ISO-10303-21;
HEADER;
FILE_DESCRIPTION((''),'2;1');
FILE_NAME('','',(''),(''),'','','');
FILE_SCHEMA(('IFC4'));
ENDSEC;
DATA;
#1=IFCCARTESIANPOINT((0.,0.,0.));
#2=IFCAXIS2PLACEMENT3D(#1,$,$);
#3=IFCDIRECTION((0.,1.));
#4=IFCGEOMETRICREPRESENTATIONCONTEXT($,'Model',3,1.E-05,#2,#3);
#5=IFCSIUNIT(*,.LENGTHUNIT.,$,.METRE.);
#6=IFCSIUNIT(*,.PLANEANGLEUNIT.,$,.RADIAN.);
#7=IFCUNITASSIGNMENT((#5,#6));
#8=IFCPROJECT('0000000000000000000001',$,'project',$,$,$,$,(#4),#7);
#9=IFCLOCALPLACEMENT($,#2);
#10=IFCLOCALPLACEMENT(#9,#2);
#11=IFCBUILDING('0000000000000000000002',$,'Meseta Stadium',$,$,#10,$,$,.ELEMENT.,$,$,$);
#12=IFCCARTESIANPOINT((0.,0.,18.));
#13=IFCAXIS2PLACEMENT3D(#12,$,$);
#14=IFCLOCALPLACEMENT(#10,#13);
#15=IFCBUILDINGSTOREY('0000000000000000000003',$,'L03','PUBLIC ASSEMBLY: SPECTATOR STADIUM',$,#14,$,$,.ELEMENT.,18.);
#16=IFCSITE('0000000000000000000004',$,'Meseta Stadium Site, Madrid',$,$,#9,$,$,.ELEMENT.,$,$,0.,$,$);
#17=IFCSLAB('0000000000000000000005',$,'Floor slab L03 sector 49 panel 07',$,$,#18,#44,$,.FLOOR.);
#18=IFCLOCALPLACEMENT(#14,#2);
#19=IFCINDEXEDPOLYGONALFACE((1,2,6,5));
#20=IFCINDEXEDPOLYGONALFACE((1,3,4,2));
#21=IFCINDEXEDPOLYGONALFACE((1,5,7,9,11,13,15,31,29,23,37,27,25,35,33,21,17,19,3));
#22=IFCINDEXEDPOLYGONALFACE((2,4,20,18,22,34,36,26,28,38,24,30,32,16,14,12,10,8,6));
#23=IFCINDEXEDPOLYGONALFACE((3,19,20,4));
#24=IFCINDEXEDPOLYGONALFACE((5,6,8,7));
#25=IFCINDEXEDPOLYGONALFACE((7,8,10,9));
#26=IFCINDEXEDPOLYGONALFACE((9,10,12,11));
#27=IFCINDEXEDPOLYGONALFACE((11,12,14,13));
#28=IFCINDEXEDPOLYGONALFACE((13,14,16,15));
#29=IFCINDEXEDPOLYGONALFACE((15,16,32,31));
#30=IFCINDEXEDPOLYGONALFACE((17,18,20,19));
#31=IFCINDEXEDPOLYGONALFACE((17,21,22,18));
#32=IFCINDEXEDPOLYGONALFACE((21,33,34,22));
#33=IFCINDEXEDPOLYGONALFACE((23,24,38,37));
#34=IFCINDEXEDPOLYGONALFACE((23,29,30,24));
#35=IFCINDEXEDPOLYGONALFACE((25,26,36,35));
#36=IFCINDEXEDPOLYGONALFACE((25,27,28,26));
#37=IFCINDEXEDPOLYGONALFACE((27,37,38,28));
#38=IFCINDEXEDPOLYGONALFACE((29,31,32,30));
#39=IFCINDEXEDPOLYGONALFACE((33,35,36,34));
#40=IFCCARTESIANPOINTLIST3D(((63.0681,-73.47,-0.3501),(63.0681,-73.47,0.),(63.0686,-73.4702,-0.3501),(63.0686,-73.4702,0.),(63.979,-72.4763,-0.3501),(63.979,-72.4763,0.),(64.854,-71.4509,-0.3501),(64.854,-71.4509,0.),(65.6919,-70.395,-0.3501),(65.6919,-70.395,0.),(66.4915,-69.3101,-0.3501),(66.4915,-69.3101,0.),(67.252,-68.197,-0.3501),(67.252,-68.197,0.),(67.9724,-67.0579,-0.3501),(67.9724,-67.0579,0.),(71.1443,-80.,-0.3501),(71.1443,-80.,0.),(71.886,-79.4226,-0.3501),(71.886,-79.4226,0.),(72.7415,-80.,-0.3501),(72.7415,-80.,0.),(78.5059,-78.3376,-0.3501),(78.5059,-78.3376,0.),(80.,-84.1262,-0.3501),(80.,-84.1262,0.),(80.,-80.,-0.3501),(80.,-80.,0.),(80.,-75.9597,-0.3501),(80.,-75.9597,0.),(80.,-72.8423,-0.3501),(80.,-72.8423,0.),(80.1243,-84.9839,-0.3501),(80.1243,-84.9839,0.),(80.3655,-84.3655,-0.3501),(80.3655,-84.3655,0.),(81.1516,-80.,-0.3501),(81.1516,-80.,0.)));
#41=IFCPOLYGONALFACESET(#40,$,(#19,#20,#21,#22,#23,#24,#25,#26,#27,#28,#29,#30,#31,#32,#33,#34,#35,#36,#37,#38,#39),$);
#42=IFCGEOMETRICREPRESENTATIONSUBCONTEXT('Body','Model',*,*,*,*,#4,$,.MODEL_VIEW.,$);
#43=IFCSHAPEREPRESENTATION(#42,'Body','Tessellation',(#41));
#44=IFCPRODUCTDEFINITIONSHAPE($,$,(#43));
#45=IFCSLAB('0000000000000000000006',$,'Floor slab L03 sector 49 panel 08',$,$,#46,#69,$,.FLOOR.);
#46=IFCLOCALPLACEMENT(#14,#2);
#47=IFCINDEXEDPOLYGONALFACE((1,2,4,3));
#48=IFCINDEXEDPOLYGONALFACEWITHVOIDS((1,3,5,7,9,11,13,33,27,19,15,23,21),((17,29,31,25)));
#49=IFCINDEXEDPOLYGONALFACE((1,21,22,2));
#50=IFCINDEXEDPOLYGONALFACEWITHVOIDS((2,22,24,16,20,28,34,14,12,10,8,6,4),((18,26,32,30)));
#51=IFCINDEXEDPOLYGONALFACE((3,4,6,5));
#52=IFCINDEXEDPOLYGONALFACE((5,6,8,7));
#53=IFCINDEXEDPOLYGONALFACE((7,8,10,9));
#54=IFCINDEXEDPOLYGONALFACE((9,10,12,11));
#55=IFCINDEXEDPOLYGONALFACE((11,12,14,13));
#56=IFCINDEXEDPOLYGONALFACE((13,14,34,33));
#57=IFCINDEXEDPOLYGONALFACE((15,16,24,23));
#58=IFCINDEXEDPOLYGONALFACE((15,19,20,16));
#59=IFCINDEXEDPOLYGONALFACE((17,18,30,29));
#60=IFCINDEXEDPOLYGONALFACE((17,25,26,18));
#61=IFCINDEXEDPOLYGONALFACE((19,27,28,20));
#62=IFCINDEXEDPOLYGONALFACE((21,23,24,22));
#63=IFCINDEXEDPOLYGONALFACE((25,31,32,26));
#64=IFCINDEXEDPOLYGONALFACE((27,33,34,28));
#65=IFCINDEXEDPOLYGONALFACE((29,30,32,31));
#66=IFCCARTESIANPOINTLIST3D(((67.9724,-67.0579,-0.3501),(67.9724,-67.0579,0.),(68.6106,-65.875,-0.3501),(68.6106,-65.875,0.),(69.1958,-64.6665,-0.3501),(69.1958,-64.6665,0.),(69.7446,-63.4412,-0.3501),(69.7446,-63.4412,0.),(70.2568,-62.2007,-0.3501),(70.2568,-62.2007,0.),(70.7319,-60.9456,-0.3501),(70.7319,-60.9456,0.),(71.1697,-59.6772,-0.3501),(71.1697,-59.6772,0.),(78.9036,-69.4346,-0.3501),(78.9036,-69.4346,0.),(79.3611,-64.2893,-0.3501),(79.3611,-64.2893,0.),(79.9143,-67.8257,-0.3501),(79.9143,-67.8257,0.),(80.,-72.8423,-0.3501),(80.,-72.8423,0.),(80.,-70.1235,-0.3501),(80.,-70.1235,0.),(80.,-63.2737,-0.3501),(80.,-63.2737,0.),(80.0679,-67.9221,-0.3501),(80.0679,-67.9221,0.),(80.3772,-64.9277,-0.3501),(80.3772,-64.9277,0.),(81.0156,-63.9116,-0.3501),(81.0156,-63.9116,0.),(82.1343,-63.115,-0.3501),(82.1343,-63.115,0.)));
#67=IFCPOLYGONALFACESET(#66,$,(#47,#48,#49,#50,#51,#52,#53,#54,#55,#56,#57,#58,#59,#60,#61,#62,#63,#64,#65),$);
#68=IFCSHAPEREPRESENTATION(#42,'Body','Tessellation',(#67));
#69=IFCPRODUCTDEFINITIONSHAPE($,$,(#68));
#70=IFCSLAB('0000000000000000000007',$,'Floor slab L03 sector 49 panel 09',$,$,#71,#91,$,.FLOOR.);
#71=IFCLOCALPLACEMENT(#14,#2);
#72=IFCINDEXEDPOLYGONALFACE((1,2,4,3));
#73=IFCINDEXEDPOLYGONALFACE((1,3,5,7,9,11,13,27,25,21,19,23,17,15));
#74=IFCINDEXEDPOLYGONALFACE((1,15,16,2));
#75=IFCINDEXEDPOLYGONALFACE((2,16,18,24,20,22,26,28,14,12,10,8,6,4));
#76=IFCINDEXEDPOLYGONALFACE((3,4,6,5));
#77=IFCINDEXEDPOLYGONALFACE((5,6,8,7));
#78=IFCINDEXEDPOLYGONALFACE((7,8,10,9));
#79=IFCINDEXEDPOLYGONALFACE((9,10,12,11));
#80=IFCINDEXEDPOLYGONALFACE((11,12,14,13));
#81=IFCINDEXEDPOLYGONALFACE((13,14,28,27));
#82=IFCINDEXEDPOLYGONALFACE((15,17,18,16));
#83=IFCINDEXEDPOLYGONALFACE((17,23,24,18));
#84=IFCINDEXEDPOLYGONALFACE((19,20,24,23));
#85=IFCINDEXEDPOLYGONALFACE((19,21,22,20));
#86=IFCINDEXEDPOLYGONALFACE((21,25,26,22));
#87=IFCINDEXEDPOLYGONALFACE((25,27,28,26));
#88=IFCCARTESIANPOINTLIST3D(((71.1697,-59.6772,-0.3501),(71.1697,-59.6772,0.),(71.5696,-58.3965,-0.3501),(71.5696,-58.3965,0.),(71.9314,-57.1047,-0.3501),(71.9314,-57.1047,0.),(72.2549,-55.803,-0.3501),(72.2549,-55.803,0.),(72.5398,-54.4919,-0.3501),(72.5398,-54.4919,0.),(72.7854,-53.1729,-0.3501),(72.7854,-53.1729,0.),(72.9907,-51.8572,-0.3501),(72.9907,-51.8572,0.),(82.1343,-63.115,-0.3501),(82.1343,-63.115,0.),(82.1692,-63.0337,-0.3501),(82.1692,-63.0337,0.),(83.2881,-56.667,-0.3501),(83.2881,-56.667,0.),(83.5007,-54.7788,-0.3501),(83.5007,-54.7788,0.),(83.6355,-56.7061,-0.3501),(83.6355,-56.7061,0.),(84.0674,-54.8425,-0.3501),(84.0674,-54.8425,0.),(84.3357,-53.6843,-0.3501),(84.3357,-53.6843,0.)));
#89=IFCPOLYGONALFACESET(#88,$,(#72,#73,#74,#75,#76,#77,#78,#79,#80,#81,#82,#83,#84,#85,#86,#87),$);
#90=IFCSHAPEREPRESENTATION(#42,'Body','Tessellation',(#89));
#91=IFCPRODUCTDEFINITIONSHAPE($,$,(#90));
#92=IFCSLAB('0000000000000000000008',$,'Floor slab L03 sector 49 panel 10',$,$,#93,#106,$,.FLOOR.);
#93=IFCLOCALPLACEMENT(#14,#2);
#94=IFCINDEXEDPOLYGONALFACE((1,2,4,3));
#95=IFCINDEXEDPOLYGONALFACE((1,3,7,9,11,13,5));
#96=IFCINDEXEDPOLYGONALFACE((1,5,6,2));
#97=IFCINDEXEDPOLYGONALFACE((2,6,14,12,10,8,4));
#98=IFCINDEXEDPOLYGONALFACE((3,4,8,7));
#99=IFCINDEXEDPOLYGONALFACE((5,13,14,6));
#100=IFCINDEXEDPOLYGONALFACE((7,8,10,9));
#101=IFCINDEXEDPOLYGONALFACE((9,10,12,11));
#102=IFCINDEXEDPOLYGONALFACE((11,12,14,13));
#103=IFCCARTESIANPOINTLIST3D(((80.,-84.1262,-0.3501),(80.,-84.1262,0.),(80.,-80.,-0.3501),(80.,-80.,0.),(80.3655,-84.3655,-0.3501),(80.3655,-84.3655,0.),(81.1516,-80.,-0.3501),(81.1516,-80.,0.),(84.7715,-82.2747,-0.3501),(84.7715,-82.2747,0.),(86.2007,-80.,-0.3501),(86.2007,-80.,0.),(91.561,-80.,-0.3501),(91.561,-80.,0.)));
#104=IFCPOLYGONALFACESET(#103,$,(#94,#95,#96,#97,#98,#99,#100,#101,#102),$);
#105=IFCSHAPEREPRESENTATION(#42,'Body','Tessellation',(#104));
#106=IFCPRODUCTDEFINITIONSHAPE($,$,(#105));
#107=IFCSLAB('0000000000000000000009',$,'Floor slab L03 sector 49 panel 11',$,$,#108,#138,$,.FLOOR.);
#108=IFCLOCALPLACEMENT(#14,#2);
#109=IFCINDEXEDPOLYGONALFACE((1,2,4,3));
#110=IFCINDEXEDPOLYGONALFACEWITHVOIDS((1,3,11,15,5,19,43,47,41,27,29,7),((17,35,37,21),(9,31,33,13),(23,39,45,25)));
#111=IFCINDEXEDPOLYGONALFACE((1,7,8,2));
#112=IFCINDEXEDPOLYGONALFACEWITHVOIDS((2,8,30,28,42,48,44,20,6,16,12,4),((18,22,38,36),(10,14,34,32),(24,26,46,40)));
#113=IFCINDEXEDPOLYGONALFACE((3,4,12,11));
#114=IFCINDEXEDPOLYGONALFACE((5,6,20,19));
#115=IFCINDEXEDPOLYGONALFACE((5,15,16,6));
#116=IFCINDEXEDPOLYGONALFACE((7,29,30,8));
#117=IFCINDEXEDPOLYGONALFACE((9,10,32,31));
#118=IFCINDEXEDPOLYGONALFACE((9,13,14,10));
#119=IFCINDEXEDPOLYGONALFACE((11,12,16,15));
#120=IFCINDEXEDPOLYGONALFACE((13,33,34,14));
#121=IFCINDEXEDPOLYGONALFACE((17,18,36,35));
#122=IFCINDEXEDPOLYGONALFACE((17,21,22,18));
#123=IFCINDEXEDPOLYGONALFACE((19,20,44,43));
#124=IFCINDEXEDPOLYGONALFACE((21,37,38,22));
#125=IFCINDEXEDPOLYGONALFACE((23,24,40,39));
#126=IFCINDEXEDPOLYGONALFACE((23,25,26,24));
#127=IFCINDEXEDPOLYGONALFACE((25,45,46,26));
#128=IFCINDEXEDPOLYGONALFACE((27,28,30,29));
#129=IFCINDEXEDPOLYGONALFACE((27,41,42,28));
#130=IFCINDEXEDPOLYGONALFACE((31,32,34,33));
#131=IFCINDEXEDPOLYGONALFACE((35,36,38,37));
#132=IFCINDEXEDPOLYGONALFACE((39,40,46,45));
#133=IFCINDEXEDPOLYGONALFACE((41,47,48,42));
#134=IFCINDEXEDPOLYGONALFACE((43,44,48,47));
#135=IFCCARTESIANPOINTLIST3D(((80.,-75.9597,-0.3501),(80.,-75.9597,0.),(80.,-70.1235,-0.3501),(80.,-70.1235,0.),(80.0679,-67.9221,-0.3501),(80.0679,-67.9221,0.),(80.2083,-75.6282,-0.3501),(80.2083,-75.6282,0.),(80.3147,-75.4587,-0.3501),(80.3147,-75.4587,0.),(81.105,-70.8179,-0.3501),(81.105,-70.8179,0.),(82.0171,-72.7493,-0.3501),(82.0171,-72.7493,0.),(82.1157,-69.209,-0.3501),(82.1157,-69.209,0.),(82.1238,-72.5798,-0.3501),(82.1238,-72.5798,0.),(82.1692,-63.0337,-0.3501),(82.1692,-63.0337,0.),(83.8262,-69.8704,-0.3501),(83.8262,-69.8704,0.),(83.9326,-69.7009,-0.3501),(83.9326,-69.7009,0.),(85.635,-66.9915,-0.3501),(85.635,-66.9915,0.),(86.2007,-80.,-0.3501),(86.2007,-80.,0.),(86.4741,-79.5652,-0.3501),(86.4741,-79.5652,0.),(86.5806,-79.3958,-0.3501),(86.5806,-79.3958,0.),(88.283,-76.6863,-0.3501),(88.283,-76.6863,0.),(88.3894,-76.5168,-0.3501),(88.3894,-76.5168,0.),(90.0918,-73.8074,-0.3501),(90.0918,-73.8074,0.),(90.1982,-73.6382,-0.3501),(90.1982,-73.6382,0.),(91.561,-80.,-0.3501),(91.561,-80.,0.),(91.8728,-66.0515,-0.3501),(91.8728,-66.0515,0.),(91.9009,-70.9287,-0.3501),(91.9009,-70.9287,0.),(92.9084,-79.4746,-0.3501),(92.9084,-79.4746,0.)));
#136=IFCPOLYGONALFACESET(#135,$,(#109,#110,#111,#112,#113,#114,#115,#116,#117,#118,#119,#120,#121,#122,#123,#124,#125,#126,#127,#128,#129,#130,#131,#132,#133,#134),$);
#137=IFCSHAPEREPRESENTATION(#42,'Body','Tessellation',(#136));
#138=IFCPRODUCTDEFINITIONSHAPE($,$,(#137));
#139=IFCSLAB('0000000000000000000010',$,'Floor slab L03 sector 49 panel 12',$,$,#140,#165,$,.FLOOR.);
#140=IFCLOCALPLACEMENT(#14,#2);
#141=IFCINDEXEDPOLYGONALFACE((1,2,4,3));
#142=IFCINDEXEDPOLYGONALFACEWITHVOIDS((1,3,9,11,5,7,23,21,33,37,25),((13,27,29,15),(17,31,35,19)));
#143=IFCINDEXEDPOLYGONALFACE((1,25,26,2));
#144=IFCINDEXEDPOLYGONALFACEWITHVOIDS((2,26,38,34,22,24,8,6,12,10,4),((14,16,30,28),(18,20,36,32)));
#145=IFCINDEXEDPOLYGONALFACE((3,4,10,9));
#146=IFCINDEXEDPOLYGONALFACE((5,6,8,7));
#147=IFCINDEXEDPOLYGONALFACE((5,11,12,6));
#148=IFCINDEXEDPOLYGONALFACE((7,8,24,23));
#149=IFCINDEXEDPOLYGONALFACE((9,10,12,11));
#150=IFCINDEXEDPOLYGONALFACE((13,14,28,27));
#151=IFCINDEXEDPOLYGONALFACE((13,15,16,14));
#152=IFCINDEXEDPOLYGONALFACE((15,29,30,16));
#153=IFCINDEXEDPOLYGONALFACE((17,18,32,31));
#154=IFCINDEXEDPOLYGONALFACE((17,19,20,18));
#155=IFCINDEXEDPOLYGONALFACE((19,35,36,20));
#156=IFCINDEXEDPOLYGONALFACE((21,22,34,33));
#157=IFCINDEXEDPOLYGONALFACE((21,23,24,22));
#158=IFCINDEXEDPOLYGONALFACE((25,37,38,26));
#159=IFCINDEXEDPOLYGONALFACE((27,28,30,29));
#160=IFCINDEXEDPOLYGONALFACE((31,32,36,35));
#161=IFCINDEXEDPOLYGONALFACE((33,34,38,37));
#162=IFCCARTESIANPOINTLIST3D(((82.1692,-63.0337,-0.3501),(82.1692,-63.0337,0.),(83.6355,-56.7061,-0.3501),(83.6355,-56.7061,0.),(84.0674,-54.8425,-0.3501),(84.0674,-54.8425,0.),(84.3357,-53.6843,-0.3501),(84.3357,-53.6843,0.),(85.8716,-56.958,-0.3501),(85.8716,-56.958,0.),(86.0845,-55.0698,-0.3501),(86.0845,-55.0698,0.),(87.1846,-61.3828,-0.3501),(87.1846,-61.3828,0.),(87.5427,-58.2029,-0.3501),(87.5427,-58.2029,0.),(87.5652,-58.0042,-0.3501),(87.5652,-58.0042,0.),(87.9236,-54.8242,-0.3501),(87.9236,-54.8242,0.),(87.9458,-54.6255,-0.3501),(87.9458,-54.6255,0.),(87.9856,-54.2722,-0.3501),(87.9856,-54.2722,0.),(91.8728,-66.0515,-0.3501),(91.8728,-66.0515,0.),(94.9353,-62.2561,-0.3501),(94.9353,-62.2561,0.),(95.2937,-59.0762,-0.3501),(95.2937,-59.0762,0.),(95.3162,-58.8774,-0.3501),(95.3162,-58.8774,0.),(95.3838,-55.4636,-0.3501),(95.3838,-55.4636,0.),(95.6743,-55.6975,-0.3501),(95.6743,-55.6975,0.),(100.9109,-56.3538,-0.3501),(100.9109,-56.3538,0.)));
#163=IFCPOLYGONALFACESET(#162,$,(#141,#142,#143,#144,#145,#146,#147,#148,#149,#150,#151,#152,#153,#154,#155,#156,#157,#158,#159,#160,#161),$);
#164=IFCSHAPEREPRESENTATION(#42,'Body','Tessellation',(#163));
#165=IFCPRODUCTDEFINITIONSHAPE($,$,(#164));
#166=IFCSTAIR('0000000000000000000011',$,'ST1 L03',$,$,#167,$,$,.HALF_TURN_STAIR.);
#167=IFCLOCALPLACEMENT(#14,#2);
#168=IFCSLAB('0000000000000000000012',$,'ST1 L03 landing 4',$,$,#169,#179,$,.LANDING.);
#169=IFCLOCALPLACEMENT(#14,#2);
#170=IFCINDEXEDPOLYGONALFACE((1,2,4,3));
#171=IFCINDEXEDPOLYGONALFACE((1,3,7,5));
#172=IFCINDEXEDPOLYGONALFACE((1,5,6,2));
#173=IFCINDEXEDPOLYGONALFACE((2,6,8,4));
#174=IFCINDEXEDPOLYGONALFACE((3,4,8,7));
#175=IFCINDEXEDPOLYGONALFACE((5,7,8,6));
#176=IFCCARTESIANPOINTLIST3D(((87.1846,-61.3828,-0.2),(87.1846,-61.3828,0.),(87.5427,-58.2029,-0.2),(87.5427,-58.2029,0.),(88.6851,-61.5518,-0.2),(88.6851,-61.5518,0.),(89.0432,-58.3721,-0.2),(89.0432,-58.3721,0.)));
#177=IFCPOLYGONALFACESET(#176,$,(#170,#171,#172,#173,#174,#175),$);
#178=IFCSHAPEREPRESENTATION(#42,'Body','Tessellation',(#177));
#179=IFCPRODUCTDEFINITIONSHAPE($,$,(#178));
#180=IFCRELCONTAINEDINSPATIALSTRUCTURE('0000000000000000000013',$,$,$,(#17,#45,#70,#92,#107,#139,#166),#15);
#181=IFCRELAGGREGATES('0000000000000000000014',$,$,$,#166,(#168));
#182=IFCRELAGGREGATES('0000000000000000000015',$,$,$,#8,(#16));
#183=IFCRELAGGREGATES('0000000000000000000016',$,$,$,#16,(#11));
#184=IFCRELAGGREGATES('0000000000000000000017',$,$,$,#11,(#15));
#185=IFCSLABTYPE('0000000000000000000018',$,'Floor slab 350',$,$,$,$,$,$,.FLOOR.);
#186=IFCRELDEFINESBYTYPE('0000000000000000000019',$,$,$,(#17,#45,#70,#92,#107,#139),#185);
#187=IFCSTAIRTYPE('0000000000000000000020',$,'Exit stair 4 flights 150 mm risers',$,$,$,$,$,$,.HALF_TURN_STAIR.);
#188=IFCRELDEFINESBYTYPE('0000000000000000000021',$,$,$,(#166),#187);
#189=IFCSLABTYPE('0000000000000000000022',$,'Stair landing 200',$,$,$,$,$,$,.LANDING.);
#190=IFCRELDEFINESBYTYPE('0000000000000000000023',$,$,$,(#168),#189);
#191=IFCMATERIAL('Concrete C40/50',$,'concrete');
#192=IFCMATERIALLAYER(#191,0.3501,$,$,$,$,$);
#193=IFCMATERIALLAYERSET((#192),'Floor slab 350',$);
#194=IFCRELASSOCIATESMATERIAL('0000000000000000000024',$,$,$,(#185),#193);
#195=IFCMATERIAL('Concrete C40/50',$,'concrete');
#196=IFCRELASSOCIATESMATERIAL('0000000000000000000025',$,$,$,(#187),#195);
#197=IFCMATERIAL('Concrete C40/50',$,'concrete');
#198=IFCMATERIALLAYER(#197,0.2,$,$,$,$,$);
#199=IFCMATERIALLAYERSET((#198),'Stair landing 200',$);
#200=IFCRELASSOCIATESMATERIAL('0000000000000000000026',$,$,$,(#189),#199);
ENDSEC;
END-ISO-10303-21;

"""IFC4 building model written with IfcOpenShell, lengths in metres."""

from ifc_helpers import new_model, si_unit, direction, frame, origin, place, context, subcontext, project, spatial, polyline, outline, extrude, material, layer, layer_set, type_object, element, aggregate, save


model = new_model("IFC4")

# Units and contexts
model_context = context("Model", 3, precision=1e-05, world=origin(), true_north=direction((0.0, 1.0)))
body_context = subcontext(model_context, "Body", "Model", "MODEL_VIEW")
ifc_project = project(units=[si_unit("LENGTHUNIT", "METRE"), si_unit("PLANEANGLEUNIT", "RADIAN")], contexts=[model_context])

# Site, building, storey
site_placement = place(None, origin())
site = spatial("IfcSite", under=ifc_project, at=site_placement, Name="Meseta Stadium Site, Madrid", CompositionType="ELEMENT", RefElevation=0.0)
building_placement = place(site_placement, origin())
building = spatial("IfcBuilding", under=site, at=building_placement, Name="Meseta Stadium", CompositionType="ELEMENT")
storey_placement = place(building_placement, frame((0.0, 0.0, 18.0)))
storey = spatial("IfcBuildingStorey", under=building, at=storey_placement, Name="L03", Description="PUBLIC ASSEMBLY: SPECTATOR STADIUM", CompositionType="ELEMENT", Elevation=18.0)

# Slabs
ifc_material_1 = material(Name="Concrete C40/50", Category="concrete")
ifc_layer_1 = layer(ifc_material_1, 0.3501)
ifc_layer_set_1 = layer_set([ifc_layer_1], Name="Floor slab 350")
slab_type_1 = type_object("IfcSlabType", Name="Floor slab 350", PredefinedType="FLOOR", material=ifc_layer_set_1)
slab_1_placement = place(storey_placement, frame((0.0, 0.0, -0.3501)))
element("IfcSlab", 1, at=slab_1_placement, inside=storey, type_object=slab_type_1, Name="Floor slab L03 sector 49 panel 07", PredefinedType="FLOOR", context=body_context, shape_type="SweptSolid", body=[
    extrude(outline(polyline([(63.0681, -73.47), (63.0686, -73.4702), (71.886, -79.4226), (71.1443, -80.0), (72.7415, -80.0), (80.1243, -84.9839), (80.3655, -84.3655), (80.0, -84.1262), (80.0, -80.0), (81.1516, -80.0), (78.5059, -78.3376), (80.0, -75.9597), (80.0, -72.8423), (67.9724, -67.0579), (67.252, -68.197), (66.4915, -69.3101), (65.6919, -70.395), (64.854, -71.4509), (63.979, -72.4763), (63.0681, -73.47)])), origin(), (0.0, 0.0, 1.0), 0.3501),
])
slab_2_placement = place(storey_placement, frame((0.0, 0.0, -0.3501)))
element("IfcSlab", 2, at=slab_2_placement, inside=storey, type_object=slab_type_1, Name="Floor slab L03 sector 49 panel 08", PredefinedType="FLOOR", context=body_context, shape_type="SweptSolid", body=[
    extrude(outline(polyline([(79.9143, -67.8257), (80.0679, -67.9221), (82.1343, -63.115), (71.1697, -59.6772), (70.7319, -60.9456), (70.2568, -62.2007), (69.7446, -63.4412), (69.1958, -64.6665), (68.6106, -65.875), (67.9724, -67.0579), (80.0, -72.8423), (80.0, -70.1235), (78.9036, -69.4346), (79.9143, -67.8257)]), holes=[polyline([(81.0156, -63.9116), (80.3772, -64.9277), (79.3611, -64.2893), (80.0, -63.2737), (81.0156, -63.9116)])]), origin(), (0.0, 0.0, 1.0), 0.3501),
])
slab_3_placement = place(storey_placement, frame((0.0, 0.0, -0.3501)))
element("IfcSlab", 3, at=slab_3_placement, inside=storey, type_object=slab_type_1, Name="Floor slab L03 sector 49 panel 09", PredefinedType="FLOOR", context=body_context, shape_type="SweptSolid", body=[
    extrude(outline(polyline([(72.9907, -51.8572), (72.7854, -53.1729), (72.5398, -54.4919), (72.2549, -55.803), (71.9314, -57.1047), (71.5696, -58.3965), (71.1697, -59.6772), (82.1343, -63.115), (82.1692, -63.0337), (83.6355, -56.7061), (83.2881, -56.667), (83.5007, -54.7788), (84.0674, -54.8425), (84.3357, -53.6843), (72.9907, -51.8572)])), origin(), (0.0, 0.0, 1.0), 0.3501),
])
slab_4_placement = place(storey_placement, frame((0.0, 0.0, -0.3501)))
element("IfcSlab", 4, at=slab_4_placement, inside=storey, type_object=slab_type_1, Name="Floor slab L03 sector 49 panel 10", PredefinedType="FLOOR", context=body_context, shape_type="SweptSolid", body=[
    extrude(outline(polyline([(80.0, -80.0), (80.0, -84.1262), (80.3655, -84.3655), (91.561, -80.0), (86.2007, -80.0), (84.7715, -82.2747), (81.1516, -80.0), (80.0, -80.0)])), origin(), (0.0, 0.0, 1.0), 0.3501),
])
slab_5_placement = place(storey_placement, frame((0.0, 0.0, -0.3501)))
element("IfcSlab", 5, at=slab_5_placement, inside=storey, type_object=slab_type_1, Name="Floor slab L03 sector 49 panel 11", PredefinedType="FLOOR", context=body_context, shape_type="SweptSolid", body=[
    extrude(outline(polyline([(81.105, -70.8179), (80.0, -70.1235), (80.0, -75.9597), (80.2083, -75.6282), (86.4741, -79.5652), (86.2007, -80.0), (91.561, -80.0), (92.9084, -79.4746), (91.8728, -66.0515), (82.1692, -63.0337), (80.0679, -67.9221), (82.1157, -69.209), (81.105, -70.8179)]), holes=[polyline([(82.0171, -72.7493), (88.283, -76.6863), (86.5806, -79.3958), (80.3147, -75.4587), (82.0171, -72.7493)]), polyline([(82.1238, -72.5798), (83.8262, -69.8704), (90.0918, -73.8074), (88.3894, -76.5168), (82.1238, -72.5798)]), polyline([(83.9326, -69.7009), (85.635, -66.9915), (91.9009, -70.9287), (90.1982, -73.6382), (83.9326, -69.7009)])]), origin(), (0.0, 0.0, 1.0), 0.3501),
])
slab_6_placement = place(storey_placement, frame((0.0, 0.0, -0.3501)))
element("IfcSlab", 6, at=slab_6_placement, inside=storey, type_object=slab_type_1, Name="Floor slab L03 sector 49 panel 12", PredefinedType="FLOOR", context=body_context, shape_type="SweptSolid", body=[
    extrude(outline(polyline([(82.1692, -63.0337), (91.8728, -66.0515), (100.9109, -56.3538), (95.3838, -55.4636), (87.9458, -54.6255), (87.9856, -54.2722), (84.3357, -53.6843), (84.0674, -54.8425), (86.0845, -55.0698), (85.8716, -56.958), (83.6355, -56.7061), (82.1692, -63.0337)]), holes=[polyline([(87.1846, -61.3828), (87.5427, -58.2029), (95.2937, -59.0762), (94.9353, -62.2561), (87.1846, -61.3828)]), polyline([(87.5652, -58.0042), (87.9236, -54.8242), (95.6743, -55.6975), (95.3162, -58.8774), (87.5652, -58.0042)])]), origin(), (0.0, 0.0, 1.0), 0.3501),
])

# Stair, slab
ifc_material_2 = material(Name="Concrete C40/50", Category="concrete")
stair_type = type_object("IfcStairType", Name="Exit stair 4 flights 150 mm risers", PredefinedType="HALF_TURN_STAIR", material=ifc_material_2)
stair_1_placement = place(storey_placement, origin())
stair_1 = element("IfcStair", 7, at=stair_1_placement, inside=storey, type_object=stair_type, Name="ST1 L03", PredefinedType="HALF_TURN_STAIR")
ifc_material_3 = material(Name="Concrete C40/50", Category="concrete")
ifc_layer_2 = layer(ifc_material_3, 0.2)
ifc_layer_set_2 = layer_set([ifc_layer_2], Name="Stair landing 200")
slab_type_2 = type_object("IfcSlabType", Name="Stair landing 200", PredefinedType="LANDING", material=ifc_layer_set_2)
slab_7_placement = place(storey_placement, frame((0.0, 0.0, -0.2)))
slab_7 = element("IfcSlab", 8, at=slab_7_placement, type_object=slab_type_2, Name="ST1 L03 landing 4", PredefinedType="LANDING", context=body_context, shape_type="SweptSolid", body=[
    extrude(outline(polyline([(87.1846, -61.3828), (88.6851, -61.5518), (89.0432, -58.3721), (87.5427, -58.2029), (87.1846, -61.3828)])), origin(), (0.0, 0.0, 1.0), 0.2),
])
aggregate(stair_1, [slab_7])

save(model, "model.ifc")
